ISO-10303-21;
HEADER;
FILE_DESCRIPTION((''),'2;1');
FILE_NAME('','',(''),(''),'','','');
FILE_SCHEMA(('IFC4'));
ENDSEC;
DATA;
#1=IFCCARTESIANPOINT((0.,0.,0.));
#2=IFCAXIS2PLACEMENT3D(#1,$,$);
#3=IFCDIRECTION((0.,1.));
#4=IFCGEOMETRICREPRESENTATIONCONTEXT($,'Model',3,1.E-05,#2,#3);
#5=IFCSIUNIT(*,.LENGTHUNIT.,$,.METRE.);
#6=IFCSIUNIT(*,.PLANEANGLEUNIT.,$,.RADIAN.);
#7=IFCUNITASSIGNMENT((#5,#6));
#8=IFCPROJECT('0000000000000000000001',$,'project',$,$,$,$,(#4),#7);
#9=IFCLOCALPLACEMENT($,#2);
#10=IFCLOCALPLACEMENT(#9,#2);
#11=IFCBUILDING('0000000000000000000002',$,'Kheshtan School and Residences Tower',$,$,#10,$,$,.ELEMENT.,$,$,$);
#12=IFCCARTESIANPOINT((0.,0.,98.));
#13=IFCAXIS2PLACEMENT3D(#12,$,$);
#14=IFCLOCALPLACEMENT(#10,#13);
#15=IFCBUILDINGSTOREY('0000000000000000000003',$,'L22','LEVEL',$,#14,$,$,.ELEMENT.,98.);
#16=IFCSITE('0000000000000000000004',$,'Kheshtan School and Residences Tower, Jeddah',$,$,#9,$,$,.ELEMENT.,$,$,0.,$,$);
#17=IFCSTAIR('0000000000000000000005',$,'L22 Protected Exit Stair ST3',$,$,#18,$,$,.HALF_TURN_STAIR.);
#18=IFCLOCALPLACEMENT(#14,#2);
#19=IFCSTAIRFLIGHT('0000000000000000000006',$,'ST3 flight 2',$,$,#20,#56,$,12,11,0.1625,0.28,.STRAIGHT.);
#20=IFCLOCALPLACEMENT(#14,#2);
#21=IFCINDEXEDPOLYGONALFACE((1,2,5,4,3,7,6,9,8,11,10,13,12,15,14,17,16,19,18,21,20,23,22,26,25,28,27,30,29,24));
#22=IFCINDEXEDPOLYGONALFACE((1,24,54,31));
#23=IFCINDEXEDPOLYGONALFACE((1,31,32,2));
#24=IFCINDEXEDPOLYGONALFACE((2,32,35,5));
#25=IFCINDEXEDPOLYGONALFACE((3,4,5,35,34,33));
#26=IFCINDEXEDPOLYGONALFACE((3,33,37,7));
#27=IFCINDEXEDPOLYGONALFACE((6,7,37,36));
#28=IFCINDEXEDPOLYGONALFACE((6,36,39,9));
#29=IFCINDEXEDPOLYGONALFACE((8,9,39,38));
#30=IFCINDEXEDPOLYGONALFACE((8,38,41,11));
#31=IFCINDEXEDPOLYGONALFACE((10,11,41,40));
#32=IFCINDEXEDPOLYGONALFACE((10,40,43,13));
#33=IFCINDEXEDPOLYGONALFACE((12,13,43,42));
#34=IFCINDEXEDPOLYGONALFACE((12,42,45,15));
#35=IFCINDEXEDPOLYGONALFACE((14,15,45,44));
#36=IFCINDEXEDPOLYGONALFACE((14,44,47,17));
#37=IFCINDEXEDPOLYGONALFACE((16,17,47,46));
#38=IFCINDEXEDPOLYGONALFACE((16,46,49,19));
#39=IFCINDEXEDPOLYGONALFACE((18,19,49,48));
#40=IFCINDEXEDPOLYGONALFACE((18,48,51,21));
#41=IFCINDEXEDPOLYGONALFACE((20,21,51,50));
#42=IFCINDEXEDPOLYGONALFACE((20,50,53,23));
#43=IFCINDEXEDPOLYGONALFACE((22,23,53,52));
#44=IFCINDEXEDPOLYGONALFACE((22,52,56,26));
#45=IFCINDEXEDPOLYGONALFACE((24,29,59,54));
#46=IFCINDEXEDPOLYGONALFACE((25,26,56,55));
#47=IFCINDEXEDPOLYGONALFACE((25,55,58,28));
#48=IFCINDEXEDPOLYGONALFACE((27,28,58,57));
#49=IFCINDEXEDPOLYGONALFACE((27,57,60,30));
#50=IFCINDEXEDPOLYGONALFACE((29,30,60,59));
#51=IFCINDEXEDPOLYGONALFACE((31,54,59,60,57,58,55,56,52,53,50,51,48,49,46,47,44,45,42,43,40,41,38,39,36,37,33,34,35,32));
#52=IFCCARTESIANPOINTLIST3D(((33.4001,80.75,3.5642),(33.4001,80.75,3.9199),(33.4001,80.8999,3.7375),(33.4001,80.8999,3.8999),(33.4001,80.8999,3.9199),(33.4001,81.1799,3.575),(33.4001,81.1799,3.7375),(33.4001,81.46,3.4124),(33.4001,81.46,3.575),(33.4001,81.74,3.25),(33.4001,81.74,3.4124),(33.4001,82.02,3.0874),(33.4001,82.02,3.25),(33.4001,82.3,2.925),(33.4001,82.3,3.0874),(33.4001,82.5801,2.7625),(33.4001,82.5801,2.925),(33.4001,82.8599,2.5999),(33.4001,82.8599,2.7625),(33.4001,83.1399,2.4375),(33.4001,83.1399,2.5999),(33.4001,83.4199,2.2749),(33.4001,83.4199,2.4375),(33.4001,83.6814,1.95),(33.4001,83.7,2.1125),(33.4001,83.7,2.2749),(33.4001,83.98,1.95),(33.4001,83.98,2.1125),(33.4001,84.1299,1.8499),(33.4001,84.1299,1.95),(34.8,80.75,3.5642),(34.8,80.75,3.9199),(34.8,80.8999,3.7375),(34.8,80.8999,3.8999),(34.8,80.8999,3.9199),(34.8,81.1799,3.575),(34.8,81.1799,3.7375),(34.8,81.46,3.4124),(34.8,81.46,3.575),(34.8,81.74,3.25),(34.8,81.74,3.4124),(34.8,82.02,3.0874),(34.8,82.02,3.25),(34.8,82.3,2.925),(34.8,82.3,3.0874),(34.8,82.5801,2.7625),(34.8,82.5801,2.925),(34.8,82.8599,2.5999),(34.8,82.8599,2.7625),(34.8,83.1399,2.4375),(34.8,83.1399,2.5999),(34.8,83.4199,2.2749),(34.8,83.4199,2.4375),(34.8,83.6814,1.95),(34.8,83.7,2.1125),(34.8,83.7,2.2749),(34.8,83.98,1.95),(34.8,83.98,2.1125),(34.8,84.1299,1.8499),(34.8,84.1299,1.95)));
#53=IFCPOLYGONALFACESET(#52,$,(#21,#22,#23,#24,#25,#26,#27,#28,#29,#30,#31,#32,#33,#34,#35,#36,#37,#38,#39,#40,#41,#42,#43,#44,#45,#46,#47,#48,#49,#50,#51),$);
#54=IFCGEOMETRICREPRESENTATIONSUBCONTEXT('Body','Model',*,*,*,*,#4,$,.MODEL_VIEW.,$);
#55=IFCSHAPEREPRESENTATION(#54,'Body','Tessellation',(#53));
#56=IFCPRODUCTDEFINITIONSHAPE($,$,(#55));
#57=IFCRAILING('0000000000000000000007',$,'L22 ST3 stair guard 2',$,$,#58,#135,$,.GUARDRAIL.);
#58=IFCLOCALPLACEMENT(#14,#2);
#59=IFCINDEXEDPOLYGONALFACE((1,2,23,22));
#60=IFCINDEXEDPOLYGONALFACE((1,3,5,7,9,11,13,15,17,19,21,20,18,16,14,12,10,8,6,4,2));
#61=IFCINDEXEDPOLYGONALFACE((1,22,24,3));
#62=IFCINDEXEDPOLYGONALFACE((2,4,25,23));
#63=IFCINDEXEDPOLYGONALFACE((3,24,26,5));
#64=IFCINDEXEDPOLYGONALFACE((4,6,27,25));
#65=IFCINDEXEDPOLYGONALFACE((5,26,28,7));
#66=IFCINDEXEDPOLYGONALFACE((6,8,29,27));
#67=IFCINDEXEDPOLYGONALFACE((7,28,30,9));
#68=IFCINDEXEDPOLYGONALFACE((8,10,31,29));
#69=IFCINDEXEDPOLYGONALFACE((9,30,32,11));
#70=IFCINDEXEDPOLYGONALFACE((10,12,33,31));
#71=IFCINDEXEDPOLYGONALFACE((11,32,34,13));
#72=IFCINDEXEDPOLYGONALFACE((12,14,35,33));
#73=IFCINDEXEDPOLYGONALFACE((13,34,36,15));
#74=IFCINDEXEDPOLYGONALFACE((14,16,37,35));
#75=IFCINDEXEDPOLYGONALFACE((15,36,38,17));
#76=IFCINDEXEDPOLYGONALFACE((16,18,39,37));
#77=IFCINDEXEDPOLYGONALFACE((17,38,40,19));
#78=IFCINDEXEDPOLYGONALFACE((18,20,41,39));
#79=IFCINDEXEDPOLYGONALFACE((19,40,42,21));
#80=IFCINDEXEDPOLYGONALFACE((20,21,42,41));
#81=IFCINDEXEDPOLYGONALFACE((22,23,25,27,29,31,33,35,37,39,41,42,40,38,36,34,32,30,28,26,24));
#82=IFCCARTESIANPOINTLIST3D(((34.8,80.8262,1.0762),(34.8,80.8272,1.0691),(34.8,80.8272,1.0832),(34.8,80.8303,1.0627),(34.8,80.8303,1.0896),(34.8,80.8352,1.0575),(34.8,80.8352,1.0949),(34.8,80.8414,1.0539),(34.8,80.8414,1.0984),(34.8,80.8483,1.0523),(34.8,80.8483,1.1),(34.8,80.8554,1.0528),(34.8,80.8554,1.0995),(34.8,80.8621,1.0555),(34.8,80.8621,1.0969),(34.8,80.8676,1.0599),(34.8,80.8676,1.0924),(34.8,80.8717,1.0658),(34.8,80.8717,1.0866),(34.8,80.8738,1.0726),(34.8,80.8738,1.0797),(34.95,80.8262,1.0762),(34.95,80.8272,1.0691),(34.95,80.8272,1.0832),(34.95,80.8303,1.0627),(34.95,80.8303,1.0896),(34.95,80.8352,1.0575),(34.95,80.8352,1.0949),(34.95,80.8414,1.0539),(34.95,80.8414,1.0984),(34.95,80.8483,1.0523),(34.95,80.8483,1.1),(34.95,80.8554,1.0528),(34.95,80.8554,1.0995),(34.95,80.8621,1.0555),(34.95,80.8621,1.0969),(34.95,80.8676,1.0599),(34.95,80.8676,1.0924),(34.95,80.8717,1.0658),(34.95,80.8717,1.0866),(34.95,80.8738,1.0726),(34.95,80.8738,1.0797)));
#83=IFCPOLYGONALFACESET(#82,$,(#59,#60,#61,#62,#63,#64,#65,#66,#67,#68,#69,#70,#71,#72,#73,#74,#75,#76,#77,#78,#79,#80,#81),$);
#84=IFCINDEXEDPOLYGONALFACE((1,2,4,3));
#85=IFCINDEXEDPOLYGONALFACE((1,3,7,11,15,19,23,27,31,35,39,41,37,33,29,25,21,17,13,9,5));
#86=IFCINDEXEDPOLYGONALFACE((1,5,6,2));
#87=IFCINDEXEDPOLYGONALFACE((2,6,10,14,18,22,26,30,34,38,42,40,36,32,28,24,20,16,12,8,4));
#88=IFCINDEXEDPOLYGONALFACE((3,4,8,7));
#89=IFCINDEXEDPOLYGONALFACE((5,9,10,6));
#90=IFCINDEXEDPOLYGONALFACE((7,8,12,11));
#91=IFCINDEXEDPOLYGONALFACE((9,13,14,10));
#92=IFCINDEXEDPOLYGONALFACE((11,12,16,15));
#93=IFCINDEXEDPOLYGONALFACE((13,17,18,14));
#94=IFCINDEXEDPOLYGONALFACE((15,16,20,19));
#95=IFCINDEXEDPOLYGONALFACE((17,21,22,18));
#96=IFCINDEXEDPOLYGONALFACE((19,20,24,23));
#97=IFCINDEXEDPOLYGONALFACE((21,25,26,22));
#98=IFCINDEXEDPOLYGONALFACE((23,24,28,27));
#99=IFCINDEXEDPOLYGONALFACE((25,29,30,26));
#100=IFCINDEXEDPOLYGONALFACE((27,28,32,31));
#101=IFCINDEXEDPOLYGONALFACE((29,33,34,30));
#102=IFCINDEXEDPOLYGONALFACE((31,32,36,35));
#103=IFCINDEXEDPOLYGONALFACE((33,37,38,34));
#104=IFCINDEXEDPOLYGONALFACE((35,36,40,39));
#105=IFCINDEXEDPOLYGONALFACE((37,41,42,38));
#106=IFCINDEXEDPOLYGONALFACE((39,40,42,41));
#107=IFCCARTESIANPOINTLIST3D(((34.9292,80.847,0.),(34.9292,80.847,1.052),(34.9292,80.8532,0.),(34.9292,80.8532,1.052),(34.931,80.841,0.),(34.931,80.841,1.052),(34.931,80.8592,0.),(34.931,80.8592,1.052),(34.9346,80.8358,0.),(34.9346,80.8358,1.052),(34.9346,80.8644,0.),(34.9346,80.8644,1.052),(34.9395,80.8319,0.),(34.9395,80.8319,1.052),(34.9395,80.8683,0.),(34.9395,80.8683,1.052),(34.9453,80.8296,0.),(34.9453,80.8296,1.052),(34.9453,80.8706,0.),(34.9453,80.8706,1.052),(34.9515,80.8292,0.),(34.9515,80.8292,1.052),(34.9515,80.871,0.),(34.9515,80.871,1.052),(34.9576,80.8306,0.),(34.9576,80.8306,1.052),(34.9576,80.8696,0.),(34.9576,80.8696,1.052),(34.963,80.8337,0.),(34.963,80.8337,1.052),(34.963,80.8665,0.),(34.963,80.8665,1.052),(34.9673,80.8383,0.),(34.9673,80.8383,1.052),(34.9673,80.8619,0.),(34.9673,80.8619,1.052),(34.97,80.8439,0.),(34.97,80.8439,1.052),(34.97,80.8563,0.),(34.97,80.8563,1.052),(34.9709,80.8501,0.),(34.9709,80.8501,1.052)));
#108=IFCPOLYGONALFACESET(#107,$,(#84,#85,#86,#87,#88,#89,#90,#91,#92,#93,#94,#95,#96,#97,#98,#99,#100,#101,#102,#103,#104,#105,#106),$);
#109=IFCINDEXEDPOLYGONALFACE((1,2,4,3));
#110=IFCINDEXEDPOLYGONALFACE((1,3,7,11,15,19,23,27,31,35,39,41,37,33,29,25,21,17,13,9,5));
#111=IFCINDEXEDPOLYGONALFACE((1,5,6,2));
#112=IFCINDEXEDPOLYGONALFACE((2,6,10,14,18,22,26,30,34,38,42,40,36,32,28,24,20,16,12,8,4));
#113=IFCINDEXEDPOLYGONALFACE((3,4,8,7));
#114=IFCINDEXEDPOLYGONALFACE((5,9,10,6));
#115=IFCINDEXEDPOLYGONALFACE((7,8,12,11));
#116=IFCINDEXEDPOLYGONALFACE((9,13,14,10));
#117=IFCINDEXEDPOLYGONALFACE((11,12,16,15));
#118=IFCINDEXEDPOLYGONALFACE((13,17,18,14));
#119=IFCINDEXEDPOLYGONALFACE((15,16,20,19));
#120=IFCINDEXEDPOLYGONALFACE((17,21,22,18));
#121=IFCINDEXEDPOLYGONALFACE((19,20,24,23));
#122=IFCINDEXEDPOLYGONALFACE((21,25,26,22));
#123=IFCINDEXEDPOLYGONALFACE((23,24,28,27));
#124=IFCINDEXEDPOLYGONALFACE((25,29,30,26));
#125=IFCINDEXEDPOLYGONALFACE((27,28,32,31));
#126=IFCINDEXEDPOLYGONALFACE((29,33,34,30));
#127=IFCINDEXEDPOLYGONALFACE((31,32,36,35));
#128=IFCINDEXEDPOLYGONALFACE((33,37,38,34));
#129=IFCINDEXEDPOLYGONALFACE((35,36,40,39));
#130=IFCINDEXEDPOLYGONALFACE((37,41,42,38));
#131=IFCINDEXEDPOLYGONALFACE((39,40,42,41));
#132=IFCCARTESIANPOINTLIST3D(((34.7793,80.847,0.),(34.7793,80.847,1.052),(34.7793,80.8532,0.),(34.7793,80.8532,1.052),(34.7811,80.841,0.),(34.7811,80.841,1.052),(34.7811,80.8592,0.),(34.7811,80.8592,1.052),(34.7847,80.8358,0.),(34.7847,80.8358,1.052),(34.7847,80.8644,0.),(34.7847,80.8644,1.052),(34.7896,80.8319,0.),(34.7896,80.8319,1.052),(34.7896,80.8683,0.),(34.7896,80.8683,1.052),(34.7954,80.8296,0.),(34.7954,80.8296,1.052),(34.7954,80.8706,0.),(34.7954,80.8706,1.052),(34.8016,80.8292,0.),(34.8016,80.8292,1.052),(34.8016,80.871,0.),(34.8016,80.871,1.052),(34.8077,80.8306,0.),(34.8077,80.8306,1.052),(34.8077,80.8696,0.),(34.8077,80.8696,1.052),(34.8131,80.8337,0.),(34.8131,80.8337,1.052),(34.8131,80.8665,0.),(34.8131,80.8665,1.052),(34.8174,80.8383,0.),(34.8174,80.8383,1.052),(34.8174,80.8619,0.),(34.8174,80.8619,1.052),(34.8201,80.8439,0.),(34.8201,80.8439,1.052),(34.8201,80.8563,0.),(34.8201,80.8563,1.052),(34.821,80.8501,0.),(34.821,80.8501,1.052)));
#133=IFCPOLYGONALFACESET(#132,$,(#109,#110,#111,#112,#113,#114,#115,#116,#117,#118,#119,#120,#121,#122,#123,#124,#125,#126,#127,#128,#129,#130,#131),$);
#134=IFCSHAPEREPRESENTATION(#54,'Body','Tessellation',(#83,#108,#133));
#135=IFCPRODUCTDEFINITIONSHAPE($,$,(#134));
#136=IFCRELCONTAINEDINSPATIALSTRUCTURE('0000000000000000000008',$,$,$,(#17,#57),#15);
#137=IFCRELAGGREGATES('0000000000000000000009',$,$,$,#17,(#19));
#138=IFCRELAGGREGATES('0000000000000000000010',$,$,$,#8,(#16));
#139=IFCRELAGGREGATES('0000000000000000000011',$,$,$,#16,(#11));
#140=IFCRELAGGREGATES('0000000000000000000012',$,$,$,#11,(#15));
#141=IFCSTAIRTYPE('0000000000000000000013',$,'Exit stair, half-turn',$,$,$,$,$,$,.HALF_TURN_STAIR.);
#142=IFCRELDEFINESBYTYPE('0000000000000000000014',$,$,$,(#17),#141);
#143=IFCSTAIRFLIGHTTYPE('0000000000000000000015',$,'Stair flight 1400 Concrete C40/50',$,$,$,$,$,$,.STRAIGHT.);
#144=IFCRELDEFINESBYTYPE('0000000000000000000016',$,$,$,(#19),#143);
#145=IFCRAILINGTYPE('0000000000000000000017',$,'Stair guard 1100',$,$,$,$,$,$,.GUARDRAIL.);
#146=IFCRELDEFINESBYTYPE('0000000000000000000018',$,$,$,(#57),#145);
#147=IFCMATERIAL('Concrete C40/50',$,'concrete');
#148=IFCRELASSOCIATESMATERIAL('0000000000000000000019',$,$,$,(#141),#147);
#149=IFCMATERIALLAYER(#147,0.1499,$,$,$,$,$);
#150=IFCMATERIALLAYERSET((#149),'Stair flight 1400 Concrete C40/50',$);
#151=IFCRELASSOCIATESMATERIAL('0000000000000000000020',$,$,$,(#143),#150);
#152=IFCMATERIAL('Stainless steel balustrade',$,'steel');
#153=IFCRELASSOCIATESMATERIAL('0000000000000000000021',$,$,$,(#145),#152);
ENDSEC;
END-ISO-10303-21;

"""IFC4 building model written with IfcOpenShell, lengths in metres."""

from ifc_helpers import new_model, si_unit, direction, frame, origin, origin_2d, place, context, subcontext, project, spatial, polyline, circle, outline, extrude, material, layer, layer_set, type_object, element, aggregate, save


model = new_model("IFC4")

# Units and contexts
model_context = context("Model", 3, precision=1e-05, world=origin(), true_north=direction((0.0, 1.0)))
body_context = subcontext(model_context, "Body", "Model", "MODEL_VIEW")
ifc_project = project(units=[si_unit("LENGTHUNIT", "METRE"), si_unit("PLANEANGLEUNIT", "RADIAN")], contexts=[model_context])

# Site, building, storey
site_placement = place(None, origin())
site = spatial("IfcSite", under=ifc_project, at=site_placement, Name="Kheshtan School and Residences Tower, Jeddah", CompositionType="ELEMENT", RefElevation=0.0)
building_placement = place(site_placement, origin())
building = spatial("IfcBuilding", under=site, at=building_placement, Name="Kheshtan School and Residences Tower", CompositionType="ELEMENT")
storey_placement = place(building_placement, frame((0.0, 0.0, 98.0)))
storey = spatial("IfcBuildingStorey", under=building, at=storey_placement, Name="L22", Description="LEVEL", CompositionType="ELEMENT", Elevation=98.0)

# Shared definitions
ifc_material_1 = material(Name="Concrete C40/50", Category="concrete")

# Stair, stair flight
stair_type = type_object("IfcStairType", Name="Exit stair, half-turn", PredefinedType="HALF_TURN_STAIR", material=ifc_material_1)
stair_placement = place(storey_placement, origin())
stair = element("IfcStair", 1, at=stair_placement, inside=storey, type_object=stair_type, Name="L22 Protected Exit Stair ST3", PredefinedType="HALF_TURN_STAIR")
ifc_layer_1 = layer(ifc_material_1, 0.1499)
ifc_layer_set_1 = layer_set([ifc_layer_1], Name="Stair flight 1400 Concrete C40/50")
stair_flight_type = type_object("IfcStairFlightType", Name="Stair flight 1400 Concrete C40/50", PredefinedType="STRAIGHT", material=ifc_layer_set_1)
stair_flight_1_placement = place(storey_placement, frame((34.1001, 83.98, 1.95), z_axis=(0.0, 0.0, 1.0), x_axis=(0.0, -1.0, 0.0)))
stair_flight_1 = element("IfcStairFlight", 2, at=stair_flight_1_placement, type_object=stair_flight_type, Name="ST3 flight 2", NumberOfRisers=12, NumberOfTreads=11, PredefinedType="STRAIGHT", RiserHeight=0.1625, TreadLength=0.28, context=body_context, shape_type="SweptSolid", body=[
    extrude(outline(polyline([(-0.1499, -0.1001), (-0.1499, 0.0), (0.0, 0.0), (0.0, 0.1626), (0.28, 0.1626), (0.28, 0.325), (0.5601, 0.325), (0.5601, 0.4875), (0.8401, 0.4875), (0.8401, 0.6499), (1.1201, 0.6499), (1.1201, 0.8125), (1.3999, 0.8125), (1.3999, 0.9751), (1.6799, 0.9751), (1.6799, 1.1375), (1.96, 1.1375), (1.96, 1.3), (2.24, 1.3), (2.24, 1.4624), (2.52, 1.4624), (2.52, 1.625), (2.8, 1.625), (2.8, 1.7876), (3.0801, 1.7876), (3.0801, 1.95), (3.0801, 1.97), (3.23, 1.97), (3.23, 1.6143), (0.2986, 0.0), (-0.1499, -0.1001)])), frame((0.0, 0.7, 0.0), z_axis=(0.0, -1.0, 0.0), x_axis=(1.0, 0.0, 0.0)), (0.0, 0.0, 1.0), 1.3999),
])
aggregate(stair, [stair_flight_1])

# Railing
ifc_material_2 = material(Name="Stainless steel balustrade", Category="steel")
railing_type_1 = type_object("IfcRailingType", Name="Stair guard 1100", PredefinedType="GUARDRAIL", material=ifc_material_2)
railing_1_placement = place(storey_placement, frame((34.95, 80.8501, 0.0)))
element("IfcRailing", 3, at=railing_1_placement, inside=storey, type_object=railing_type_1, Name="L22 ST3 stair guard 2", PredefinedType="GUARDRAIL", context=body_context, shape_type="SweptSolid", body=[
    extrude(circle(Radius=0.0239, at=origin_2d()), frame((0.0, 0.0, 1.0762), z_axis=(-1.0, 0.0, 0.0), x_axis=(0.0, -1.0, 0.0)), (0.0, 0.0, 1.0), 0.1499),
    extrude(circle(Radius=0.021, at=origin_2d()), origin(), (0.0, 0.0, 1.0), 1.052),
    extrude(circle(Radius=0.021, at=origin_2d()), frame((-0.1499, 0.0, 0.0)), (0.0, 0.0, 1.0), 1.052),
])

save(model, "model.ifc")
